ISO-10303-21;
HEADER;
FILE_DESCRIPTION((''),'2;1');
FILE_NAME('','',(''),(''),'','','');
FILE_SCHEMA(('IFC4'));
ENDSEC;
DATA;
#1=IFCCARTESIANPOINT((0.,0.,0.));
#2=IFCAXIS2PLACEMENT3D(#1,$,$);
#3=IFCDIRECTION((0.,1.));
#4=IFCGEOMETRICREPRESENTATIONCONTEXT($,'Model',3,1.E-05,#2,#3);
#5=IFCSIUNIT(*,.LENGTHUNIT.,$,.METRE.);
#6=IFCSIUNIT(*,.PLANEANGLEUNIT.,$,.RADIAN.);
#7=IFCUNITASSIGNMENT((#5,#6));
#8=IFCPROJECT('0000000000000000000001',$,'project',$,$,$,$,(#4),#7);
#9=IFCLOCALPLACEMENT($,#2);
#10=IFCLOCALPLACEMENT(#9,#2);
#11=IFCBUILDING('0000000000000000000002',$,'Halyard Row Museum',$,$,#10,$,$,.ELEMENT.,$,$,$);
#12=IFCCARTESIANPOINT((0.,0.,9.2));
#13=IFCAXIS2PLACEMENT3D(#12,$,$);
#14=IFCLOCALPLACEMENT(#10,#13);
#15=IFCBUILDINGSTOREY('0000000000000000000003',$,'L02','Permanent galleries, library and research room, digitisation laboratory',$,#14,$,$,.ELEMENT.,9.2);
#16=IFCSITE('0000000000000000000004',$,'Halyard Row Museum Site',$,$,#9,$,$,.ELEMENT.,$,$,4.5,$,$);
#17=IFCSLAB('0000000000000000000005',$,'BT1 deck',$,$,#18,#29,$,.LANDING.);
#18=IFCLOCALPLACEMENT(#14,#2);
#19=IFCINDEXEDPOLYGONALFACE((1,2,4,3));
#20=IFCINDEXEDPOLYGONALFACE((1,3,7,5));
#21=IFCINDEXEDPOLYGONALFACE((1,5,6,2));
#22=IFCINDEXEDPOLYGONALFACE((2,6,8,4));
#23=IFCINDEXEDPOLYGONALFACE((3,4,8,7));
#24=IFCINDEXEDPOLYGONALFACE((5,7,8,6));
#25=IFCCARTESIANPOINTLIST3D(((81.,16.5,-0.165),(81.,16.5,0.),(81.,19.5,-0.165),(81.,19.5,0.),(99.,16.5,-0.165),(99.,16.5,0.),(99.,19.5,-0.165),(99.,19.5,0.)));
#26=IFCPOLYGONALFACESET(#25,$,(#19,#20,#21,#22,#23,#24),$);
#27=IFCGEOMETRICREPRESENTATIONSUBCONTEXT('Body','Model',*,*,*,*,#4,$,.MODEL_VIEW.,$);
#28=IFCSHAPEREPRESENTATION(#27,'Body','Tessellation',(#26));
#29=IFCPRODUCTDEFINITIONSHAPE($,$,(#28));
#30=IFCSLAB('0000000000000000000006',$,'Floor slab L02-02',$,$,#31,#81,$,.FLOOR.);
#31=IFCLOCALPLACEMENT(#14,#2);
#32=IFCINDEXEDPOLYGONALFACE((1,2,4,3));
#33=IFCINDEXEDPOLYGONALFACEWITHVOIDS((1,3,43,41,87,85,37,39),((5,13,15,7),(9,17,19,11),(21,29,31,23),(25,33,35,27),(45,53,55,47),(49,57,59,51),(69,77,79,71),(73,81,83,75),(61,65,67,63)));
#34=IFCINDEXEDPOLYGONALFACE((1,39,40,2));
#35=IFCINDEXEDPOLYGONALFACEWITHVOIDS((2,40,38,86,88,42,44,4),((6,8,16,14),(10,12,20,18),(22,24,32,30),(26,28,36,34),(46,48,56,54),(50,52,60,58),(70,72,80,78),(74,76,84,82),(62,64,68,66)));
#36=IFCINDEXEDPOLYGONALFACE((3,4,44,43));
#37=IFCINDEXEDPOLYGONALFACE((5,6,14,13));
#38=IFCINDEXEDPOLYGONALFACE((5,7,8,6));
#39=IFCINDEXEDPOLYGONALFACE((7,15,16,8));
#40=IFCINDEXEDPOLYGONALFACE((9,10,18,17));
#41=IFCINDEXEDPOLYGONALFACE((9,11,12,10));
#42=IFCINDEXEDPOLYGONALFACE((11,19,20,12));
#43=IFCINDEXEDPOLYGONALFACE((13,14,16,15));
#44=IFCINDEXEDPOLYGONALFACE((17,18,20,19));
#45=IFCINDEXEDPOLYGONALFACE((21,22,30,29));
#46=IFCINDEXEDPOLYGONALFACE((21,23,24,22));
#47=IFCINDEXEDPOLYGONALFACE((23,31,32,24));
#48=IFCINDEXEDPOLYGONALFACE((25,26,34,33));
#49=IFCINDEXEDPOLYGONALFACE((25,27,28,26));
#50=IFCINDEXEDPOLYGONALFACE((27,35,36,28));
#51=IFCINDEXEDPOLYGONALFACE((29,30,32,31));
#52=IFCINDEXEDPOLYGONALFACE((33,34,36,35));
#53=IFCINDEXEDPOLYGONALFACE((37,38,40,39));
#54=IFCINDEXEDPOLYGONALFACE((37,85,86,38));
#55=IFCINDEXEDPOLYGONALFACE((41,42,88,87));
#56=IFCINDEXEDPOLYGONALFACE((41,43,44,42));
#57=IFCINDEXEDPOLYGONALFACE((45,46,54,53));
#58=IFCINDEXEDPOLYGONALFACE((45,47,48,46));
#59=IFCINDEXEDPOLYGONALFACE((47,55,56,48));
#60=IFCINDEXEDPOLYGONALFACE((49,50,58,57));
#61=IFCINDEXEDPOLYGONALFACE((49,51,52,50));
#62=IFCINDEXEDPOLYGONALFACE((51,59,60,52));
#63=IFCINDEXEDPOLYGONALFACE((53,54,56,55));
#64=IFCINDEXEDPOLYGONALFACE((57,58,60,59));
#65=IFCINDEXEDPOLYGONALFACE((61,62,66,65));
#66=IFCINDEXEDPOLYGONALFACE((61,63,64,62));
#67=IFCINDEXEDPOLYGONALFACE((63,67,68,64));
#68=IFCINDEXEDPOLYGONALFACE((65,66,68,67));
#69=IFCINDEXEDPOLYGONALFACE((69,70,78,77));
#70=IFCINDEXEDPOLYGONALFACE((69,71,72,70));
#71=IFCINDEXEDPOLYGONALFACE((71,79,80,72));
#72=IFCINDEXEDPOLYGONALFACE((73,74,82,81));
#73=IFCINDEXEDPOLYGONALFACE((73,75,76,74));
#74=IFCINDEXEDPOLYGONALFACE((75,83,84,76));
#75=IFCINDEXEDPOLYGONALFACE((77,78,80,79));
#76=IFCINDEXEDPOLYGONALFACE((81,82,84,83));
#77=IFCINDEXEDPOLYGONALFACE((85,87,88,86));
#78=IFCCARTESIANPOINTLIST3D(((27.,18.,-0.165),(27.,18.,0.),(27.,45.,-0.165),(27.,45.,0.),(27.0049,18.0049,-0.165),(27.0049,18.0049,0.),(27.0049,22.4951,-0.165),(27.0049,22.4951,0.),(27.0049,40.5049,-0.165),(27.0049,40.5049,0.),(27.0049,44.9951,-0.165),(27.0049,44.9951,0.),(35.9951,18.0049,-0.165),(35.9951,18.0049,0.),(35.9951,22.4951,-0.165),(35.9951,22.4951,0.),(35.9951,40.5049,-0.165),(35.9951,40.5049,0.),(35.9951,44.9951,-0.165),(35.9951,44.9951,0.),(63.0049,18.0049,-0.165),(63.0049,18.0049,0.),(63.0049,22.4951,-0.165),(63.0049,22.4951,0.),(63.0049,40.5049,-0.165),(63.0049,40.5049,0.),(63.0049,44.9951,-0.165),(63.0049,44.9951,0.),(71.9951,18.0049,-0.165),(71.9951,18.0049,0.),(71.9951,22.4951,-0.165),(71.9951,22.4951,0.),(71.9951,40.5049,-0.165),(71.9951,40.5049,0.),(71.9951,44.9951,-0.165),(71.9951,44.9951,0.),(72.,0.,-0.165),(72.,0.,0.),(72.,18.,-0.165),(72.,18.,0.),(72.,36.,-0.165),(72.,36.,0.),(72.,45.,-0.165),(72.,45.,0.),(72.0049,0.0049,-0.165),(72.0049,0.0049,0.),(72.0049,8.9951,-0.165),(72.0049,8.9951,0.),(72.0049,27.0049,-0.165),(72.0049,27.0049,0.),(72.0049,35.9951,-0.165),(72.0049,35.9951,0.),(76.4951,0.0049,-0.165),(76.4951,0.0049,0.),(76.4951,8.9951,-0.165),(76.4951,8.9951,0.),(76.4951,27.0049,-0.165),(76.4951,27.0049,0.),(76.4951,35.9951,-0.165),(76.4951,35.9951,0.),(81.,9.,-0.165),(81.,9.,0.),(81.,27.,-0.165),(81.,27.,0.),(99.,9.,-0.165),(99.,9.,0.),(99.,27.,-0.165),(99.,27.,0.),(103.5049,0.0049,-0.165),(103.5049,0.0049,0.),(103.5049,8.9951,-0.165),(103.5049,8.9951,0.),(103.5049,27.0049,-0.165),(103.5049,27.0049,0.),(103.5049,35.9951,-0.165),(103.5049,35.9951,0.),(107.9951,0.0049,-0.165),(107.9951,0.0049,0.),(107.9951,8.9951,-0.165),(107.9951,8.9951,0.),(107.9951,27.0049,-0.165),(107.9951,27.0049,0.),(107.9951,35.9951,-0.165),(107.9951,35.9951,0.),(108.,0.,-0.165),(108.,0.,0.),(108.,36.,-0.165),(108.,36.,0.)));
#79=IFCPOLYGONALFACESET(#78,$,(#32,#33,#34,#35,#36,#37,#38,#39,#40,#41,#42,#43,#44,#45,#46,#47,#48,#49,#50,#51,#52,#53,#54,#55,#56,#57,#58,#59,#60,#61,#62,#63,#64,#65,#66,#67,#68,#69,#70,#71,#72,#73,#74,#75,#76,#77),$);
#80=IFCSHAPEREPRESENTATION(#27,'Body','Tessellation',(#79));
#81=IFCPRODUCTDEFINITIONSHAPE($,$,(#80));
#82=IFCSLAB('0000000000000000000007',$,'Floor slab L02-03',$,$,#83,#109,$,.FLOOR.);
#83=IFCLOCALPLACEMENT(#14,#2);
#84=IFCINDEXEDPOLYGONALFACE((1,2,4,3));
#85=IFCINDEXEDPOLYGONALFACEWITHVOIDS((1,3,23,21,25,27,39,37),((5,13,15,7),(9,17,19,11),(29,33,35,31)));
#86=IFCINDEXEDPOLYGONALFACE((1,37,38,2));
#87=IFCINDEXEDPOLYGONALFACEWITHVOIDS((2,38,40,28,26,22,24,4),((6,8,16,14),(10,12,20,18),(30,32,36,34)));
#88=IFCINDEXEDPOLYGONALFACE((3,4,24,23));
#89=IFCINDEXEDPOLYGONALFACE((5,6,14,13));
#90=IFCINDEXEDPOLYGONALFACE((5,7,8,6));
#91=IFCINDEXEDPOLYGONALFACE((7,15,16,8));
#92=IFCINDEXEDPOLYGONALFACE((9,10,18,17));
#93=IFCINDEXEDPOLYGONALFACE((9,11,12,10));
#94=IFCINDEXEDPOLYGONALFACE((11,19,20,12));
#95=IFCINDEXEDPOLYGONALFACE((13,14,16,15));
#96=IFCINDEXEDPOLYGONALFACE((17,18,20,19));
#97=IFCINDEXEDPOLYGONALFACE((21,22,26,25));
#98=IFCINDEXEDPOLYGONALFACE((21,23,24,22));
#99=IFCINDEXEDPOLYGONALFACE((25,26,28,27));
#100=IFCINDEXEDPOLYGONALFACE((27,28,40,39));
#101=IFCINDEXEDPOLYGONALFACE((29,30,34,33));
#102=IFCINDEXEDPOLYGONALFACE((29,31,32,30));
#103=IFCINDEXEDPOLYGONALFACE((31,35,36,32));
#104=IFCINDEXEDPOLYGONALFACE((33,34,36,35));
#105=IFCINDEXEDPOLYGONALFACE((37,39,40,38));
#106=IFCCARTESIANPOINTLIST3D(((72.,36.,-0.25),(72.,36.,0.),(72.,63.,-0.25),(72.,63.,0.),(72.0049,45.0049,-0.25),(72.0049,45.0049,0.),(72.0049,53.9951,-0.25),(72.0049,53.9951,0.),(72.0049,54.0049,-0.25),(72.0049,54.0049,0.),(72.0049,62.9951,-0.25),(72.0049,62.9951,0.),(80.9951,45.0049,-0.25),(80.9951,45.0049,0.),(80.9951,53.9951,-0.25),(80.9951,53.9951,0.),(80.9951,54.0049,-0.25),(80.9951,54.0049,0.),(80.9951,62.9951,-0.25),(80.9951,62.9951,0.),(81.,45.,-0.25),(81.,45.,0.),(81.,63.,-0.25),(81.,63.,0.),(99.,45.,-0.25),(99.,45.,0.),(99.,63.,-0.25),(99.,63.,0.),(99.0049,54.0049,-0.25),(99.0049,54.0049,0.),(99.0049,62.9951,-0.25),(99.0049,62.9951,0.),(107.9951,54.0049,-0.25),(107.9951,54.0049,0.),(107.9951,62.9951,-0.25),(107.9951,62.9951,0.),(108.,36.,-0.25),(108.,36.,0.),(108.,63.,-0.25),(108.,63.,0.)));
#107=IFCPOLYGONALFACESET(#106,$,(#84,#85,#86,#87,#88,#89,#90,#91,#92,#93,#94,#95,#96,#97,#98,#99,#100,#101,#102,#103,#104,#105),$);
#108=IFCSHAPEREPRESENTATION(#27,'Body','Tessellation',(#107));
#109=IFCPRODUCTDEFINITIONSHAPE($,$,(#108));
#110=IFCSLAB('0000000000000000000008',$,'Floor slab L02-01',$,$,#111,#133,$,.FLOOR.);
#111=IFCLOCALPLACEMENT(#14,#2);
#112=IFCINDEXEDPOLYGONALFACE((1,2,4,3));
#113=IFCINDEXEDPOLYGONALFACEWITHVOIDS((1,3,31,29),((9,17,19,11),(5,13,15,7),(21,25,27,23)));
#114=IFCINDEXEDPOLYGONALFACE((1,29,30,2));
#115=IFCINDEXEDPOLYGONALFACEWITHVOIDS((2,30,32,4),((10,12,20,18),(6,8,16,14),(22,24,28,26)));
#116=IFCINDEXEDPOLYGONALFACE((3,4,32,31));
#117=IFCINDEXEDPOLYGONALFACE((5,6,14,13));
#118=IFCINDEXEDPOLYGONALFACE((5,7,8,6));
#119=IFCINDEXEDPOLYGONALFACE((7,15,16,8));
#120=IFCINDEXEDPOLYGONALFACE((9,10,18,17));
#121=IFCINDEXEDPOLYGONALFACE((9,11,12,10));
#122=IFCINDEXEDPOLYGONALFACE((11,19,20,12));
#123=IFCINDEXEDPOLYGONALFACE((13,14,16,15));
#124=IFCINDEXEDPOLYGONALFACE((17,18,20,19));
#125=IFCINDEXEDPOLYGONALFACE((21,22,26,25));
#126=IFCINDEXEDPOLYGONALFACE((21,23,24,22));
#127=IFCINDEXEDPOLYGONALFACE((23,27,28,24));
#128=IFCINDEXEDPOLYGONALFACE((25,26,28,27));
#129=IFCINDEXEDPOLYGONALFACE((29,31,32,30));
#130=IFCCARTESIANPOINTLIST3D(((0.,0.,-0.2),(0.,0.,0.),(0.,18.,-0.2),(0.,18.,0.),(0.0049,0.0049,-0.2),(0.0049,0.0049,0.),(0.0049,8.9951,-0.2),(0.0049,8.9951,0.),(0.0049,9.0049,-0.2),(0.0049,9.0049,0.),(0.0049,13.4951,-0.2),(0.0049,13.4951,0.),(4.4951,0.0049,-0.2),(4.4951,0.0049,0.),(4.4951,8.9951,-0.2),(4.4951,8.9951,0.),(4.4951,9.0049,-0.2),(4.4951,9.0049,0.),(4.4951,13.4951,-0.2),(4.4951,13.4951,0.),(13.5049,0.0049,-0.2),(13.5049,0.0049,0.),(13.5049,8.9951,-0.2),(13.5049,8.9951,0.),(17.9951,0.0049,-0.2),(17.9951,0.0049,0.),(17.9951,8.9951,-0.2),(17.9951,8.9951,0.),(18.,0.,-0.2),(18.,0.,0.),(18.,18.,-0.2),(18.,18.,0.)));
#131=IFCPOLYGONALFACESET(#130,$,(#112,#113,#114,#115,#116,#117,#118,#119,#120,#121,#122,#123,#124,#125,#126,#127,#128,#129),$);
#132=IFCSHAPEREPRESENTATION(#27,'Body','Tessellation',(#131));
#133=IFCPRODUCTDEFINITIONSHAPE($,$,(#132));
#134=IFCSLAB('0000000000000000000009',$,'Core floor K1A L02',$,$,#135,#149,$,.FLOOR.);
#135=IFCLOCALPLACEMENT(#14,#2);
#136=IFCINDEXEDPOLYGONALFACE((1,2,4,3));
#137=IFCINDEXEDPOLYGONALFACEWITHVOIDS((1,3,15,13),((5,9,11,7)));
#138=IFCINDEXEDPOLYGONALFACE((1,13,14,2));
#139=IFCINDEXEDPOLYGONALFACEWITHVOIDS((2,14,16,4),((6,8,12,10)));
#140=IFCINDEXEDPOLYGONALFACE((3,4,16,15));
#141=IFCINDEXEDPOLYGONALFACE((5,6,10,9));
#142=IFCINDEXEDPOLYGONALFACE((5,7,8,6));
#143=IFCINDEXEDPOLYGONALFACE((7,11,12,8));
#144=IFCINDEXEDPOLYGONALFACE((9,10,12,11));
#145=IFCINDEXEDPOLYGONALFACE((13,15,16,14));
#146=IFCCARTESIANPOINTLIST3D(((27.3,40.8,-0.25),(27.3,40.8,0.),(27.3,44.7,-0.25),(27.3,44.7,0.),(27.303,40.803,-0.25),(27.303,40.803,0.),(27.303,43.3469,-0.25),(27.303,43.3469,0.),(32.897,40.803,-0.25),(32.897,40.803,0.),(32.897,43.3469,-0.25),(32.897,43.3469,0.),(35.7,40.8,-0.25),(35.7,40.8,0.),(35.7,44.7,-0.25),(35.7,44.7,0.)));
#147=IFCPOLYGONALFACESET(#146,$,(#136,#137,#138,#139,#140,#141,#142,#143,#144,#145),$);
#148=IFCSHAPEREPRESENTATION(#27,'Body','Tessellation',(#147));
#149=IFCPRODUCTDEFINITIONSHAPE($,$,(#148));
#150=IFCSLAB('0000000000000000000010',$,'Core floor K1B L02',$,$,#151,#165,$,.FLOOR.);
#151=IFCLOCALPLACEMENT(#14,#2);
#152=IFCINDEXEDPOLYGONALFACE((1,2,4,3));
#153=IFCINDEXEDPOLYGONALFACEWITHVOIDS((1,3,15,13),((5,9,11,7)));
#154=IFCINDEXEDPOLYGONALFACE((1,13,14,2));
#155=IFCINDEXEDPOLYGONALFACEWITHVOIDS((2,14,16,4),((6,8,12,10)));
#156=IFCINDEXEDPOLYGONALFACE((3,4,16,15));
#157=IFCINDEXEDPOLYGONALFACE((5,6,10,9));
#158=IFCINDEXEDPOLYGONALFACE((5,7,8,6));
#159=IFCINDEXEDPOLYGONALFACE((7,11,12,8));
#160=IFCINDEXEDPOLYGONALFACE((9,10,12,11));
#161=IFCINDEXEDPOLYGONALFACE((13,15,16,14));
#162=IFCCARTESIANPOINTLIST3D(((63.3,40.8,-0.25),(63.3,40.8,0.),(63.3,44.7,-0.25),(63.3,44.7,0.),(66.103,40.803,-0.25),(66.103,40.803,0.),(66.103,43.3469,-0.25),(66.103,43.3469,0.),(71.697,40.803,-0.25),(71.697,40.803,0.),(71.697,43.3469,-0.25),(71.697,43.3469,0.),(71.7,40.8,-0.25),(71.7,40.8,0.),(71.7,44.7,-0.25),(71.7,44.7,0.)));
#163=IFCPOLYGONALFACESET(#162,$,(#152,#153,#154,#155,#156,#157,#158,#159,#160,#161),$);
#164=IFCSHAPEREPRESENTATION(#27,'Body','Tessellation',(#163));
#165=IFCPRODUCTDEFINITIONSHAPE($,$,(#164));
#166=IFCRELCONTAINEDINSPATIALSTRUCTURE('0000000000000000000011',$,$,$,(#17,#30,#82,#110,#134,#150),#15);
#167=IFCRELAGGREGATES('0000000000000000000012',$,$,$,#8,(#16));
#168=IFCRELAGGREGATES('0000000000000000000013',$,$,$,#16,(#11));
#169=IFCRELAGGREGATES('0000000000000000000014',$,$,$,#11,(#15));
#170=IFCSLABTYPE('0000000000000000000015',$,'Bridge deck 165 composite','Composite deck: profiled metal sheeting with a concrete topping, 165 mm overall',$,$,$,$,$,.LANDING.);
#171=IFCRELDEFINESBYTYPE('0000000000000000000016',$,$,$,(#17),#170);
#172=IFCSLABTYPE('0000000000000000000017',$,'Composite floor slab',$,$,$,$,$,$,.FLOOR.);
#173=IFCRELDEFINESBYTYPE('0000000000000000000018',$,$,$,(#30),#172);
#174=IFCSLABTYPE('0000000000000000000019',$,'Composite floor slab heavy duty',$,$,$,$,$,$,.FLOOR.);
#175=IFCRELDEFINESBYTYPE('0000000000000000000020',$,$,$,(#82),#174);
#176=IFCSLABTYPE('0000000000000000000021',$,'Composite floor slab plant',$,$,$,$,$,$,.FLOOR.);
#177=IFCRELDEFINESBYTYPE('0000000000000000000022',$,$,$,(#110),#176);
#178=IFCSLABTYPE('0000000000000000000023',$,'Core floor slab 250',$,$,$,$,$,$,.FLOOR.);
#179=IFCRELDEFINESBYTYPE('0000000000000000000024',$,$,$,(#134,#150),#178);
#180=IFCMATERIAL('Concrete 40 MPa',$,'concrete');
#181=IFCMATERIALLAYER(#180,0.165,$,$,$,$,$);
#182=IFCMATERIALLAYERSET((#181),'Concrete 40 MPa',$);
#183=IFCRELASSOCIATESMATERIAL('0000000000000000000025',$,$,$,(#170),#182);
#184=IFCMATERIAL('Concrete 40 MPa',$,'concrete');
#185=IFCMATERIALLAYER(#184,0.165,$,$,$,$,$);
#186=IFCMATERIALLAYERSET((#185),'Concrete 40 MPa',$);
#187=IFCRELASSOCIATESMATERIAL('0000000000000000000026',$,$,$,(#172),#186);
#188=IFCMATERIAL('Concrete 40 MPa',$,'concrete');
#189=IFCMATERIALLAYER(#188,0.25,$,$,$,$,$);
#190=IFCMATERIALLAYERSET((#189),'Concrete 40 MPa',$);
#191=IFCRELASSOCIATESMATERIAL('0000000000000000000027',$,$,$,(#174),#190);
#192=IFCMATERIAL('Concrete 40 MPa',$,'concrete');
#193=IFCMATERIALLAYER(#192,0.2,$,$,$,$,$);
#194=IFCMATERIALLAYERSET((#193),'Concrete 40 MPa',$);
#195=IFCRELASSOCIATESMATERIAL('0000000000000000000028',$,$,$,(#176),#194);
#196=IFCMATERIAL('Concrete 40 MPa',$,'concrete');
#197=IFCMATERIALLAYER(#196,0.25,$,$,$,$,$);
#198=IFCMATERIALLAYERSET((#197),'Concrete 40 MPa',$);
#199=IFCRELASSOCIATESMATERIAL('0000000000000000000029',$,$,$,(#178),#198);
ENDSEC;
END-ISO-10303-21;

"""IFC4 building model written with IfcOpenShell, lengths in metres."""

from ifc_helpers import new_model, si_unit, direction, frame, origin, place, context, subcontext, project, spatial, polyline, outline, extrude, material, layer, layer_set, type_object, element, save


model = new_model("IFC4")

# Units and contexts
model_context = context("Model", 3, precision=1e-05, world=origin(), true_north=direction((0.0, 1.0)))
body_context = subcontext(model_context, "Body", "Model", "MODEL_VIEW")
ifc_project = project(units=[si_unit("LENGTHUNIT", "METRE"), si_unit("PLANEANGLEUNIT", "RADIAN")], contexts=[model_context])

# Site, building, storey
site_placement = place(None, origin())
site = spatial("IfcSite", under=ifc_project, at=site_placement, Name="Halyard Row Museum Site", CompositionType="ELEMENT", RefElevation=4.5)
building_placement = place(site_placement, origin())
building = spatial("IfcBuilding", under=site, at=building_placement, Name="Halyard Row Museum", CompositionType="ELEMENT")
storey_placement = place(building_placement, frame((0.0, 0.0, 9.2)))
storey = spatial("IfcBuildingStorey", under=building, at=storey_placement, Name="L02", Description="Permanent galleries, library and research room, digitisation laboratory", CompositionType="ELEMENT", Elevation=9.2)

# Slabs
ifc_material_1 = material(Name="Concrete 40 MPa", Category="concrete")
ifc_layer_1 = layer(ifc_material_1, 0.165)
ifc_layer_set_1 = layer_set([ifc_layer_1], Name="Concrete 40 MPa")
slab_type_1 = type_object("IfcSlabType", Name="Bridge deck 165 composite", Description="Composite deck: profiled metal sheeting with a concrete topping, 165 mm overall", PredefinedType="LANDING", material=ifc_layer_set_1)
slab_1_placement = place(storey_placement, frame((0.0, 0.0, -0.165)))
element("IfcSlab", 1, at=slab_1_placement, inside=storey, type_object=slab_type_1, Name="BT1 deck", PredefinedType="LANDING", context=body_context, shape_type="SweptSolid", body=[
    extrude(outline(polyline([(81.0, 16.5), (99.0, 16.5), (99.0, 19.5), (81.0, 19.5), (81.0, 16.5)])), origin(), (0.0, 0.0, 1.0), 0.165),
])
ifc_material_2 = material(Name="Concrete 40 MPa", Category="concrete")
ifc_layer_2 = layer(ifc_material_2, 0.165)
ifc_layer_set_2 = layer_set([ifc_layer_2], Name="Concrete 40 MPa")
slab_type_2 = type_object("IfcSlabType", Name="Composite floor slab", PredefinedType="FLOOR", material=ifc_layer_set_2)
slab_2_placement = place(storey_placement, frame((0.0, 0.0, -0.165)))
element("IfcSlab", 2, at=slab_2_placement, inside=storey, type_object=slab_type_2, Name="Floor slab L02-02", PredefinedType="FLOOR", context=body_context, shape_type="SweptSolid", body=[
    extrude(outline(polyline([(108.0, 0.0), (108.0, 36.0), (72.0, 36.0), (72.0, 45.0), (27.0, 45.0), (27.0, 18.0), (72.0, 18.0), (72.0, 0.0), (108.0, 0.0)]), holes=[polyline([(99.0, 27.0), (99.0, 9.0), (81.0, 9.0), (81.0, 27.0), (99.0, 27.0)]), polyline([(35.9951, 18.0049), (27.0049, 18.0049), (27.0049, 22.4951), (35.9951, 22.4951), (35.9951, 18.0049)]), polyline([(71.9951, 18.0049), (63.0049, 18.0049), (63.0049, 22.4951), (71.9951, 22.4951), (71.9951, 18.0049)]), polyline([(35.9951, 40.5049), (27.0049, 40.5049), (27.0049, 44.9951), (35.9951, 44.9951), (35.9951, 40.5049)]), polyline([(71.9951, 40.5049), (63.0049, 40.5049), (63.0049, 44.9951), (71.9951, 44.9951), (71.9951, 40.5049)]), polyline([(76.4951, 8.9951), (76.4951, 0.0049), (72.0049, 0.0049), (72.0049, 8.9951), (76.4951, 8.9951)]), polyline([(107.9951, 0.0049), (103.5049, 0.0049), (103.5049, 8.9951), (107.9951, 8.9951), (107.9951, 0.0049)]), polyline([(76.4951, 27.0049), (72.0049, 27.0049), (72.0049, 35.9951), (76.4951, 35.9951), (76.4951, 27.0049)]), polyline([(107.9951, 27.0049), (103.5049, 27.0049), (103.5049, 35.9951), (107.9951, 35.9951), (107.9951, 27.0049)])]), origin(), (0.0, 0.0, 1.0), 0.165),
])
ifc_material_3 = material(Name="Concrete 40 MPa", Category="concrete")
ifc_layer_3 = layer(ifc_material_3, 0.25)
ifc_layer_set_3 = layer_set([ifc_layer_3], Name="Concrete 40 MPa")
slab_type_3 = type_object("IfcSlabType", Name="Composite floor slab heavy duty", PredefinedType="FLOOR", material=ifc_layer_set_3)
slab_3_placement = place(storey_placement, frame((0.0, 0.0, -0.25)))
element("IfcSlab", 3, at=slab_3_placement, inside=storey, type_object=slab_type_3, Name="Floor slab L02-03", PredefinedType="FLOOR", context=body_context, shape_type="SweptSolid", body=[
    extrude(outline(polyline([(72.0, 36.0), (108.0, 36.0), (108.0, 63.0), (99.0, 63.0), (99.0, 45.0), (81.0, 45.0), (81.0, 63.0), (72.0, 63.0), (72.0, 36.0)]), holes=[polyline([(80.9951, 45.0049), (72.0049, 45.0049), (72.0049, 53.9951), (80.9951, 53.9951), (80.9951, 45.0049)]), polyline([(80.9951, 54.0049), (72.0049, 54.0049), (72.0049, 62.9951), (80.9951, 62.9951), (80.9951, 54.0049)]), polyline([(107.9951, 54.0049), (99.0049, 54.0049), (99.0049, 62.9951), (107.9951, 62.9951), (107.9951, 54.0049)])]), origin(), (0.0, 0.0, 1.0), 0.25),
])
ifc_material_4 = material(Name="Concrete 40 MPa", Category="concrete")
ifc_layer_4 = layer(ifc_material_4, 0.2)
ifc_layer_set_4 = layer_set([ifc_layer_4], Name="Concrete 40 MPa")
slab_type_4 = type_object("IfcSlabType", Name="Composite floor slab plant", PredefinedType="FLOOR", material=ifc_layer_set_4)
slab_4_placement = place(storey_placement, frame((0.0, 0.0, -0.2)))
element("IfcSlab", 4, at=slab_4_placement, inside=storey, type_object=slab_type_4, Name="Floor slab L02-01", PredefinedType="FLOOR", context=body_context, shape_type="SweptSolid", body=[
    extrude(outline(polyline([(0.0, 18.0), (0.0, 0.0), (18.0, 0.0), (18.0, 18.0), (0.0, 18.0)]), holes=[polyline([(4.4951, 8.9951), (4.4951, 0.0049), (0.0049, 0.0049), (0.0049, 8.9951), (4.4951, 8.9951)]), polyline([(17.9951, 0.0049), (13.5049, 0.0049), (13.5049, 8.9951), (17.9951, 8.9951), (17.9951, 0.0049)]), polyline([(4.4951, 9.0049), (0.0049, 9.0049), (0.0049, 13.4951), (4.4951, 13.4951), (4.4951, 9.0049)])]), origin(), (0.0, 0.0, 1.0), 0.2),
])
ifc_material_5 = material(Name="Concrete 40 MPa", Category="concrete")
ifc_layer_5 = layer(ifc_material_5, 0.25)
ifc_layer_set_5 = layer_set([ifc_layer_5], Name="Concrete 40 MPa")
slab_type_5 = type_object("IfcSlabType", Name="Core floor slab 250", PredefinedType="FLOOR", material=ifc_layer_set_5)
slab_5_placement = place(storey_placement, frame((0.0, 0.0, -0.25)))
element("IfcSlab", 5, at=slab_5_placement, inside=storey, type_object=slab_type_5, Name="Core floor K1A L02", PredefinedType="FLOOR", context=body_context, shape_type="SweptSolid", body=[
    extrude(outline(polyline([(35.7, 44.7), (27.3, 44.7), (27.3, 40.8), (35.7, 40.8), (35.7, 44.7)]), holes=[polyline([(32.897, 43.3469), (32.897, 40.803), (27.303, 40.803), (27.303, 43.3469), (32.897, 43.3469)])]), origin(), (0.0, 0.0, 1.0), 0.25),
])
slab_6_placement = place(storey_placement, frame((0.0, 0.0, -0.25)))
element("IfcSlab", 6, at=slab_6_placement, inside=storey, type_object=slab_type_5, Name="Core floor K1B L02", PredefinedType="FLOOR", context=body_context, shape_type="SweptSolid", body=[
    extrude(outline(polyline([(71.7, 44.7), (63.3, 44.7), (63.3, 40.8), (71.7, 40.8), (71.7, 44.7)]), holes=[polyline([(71.697, 43.3469), (71.697, 40.803), (66.103, 40.803), (66.103, 43.3469), (71.697, 43.3469)])]), origin(), (0.0, 0.0, 1.0), 0.25),
])

save(model, "model.ifc")
